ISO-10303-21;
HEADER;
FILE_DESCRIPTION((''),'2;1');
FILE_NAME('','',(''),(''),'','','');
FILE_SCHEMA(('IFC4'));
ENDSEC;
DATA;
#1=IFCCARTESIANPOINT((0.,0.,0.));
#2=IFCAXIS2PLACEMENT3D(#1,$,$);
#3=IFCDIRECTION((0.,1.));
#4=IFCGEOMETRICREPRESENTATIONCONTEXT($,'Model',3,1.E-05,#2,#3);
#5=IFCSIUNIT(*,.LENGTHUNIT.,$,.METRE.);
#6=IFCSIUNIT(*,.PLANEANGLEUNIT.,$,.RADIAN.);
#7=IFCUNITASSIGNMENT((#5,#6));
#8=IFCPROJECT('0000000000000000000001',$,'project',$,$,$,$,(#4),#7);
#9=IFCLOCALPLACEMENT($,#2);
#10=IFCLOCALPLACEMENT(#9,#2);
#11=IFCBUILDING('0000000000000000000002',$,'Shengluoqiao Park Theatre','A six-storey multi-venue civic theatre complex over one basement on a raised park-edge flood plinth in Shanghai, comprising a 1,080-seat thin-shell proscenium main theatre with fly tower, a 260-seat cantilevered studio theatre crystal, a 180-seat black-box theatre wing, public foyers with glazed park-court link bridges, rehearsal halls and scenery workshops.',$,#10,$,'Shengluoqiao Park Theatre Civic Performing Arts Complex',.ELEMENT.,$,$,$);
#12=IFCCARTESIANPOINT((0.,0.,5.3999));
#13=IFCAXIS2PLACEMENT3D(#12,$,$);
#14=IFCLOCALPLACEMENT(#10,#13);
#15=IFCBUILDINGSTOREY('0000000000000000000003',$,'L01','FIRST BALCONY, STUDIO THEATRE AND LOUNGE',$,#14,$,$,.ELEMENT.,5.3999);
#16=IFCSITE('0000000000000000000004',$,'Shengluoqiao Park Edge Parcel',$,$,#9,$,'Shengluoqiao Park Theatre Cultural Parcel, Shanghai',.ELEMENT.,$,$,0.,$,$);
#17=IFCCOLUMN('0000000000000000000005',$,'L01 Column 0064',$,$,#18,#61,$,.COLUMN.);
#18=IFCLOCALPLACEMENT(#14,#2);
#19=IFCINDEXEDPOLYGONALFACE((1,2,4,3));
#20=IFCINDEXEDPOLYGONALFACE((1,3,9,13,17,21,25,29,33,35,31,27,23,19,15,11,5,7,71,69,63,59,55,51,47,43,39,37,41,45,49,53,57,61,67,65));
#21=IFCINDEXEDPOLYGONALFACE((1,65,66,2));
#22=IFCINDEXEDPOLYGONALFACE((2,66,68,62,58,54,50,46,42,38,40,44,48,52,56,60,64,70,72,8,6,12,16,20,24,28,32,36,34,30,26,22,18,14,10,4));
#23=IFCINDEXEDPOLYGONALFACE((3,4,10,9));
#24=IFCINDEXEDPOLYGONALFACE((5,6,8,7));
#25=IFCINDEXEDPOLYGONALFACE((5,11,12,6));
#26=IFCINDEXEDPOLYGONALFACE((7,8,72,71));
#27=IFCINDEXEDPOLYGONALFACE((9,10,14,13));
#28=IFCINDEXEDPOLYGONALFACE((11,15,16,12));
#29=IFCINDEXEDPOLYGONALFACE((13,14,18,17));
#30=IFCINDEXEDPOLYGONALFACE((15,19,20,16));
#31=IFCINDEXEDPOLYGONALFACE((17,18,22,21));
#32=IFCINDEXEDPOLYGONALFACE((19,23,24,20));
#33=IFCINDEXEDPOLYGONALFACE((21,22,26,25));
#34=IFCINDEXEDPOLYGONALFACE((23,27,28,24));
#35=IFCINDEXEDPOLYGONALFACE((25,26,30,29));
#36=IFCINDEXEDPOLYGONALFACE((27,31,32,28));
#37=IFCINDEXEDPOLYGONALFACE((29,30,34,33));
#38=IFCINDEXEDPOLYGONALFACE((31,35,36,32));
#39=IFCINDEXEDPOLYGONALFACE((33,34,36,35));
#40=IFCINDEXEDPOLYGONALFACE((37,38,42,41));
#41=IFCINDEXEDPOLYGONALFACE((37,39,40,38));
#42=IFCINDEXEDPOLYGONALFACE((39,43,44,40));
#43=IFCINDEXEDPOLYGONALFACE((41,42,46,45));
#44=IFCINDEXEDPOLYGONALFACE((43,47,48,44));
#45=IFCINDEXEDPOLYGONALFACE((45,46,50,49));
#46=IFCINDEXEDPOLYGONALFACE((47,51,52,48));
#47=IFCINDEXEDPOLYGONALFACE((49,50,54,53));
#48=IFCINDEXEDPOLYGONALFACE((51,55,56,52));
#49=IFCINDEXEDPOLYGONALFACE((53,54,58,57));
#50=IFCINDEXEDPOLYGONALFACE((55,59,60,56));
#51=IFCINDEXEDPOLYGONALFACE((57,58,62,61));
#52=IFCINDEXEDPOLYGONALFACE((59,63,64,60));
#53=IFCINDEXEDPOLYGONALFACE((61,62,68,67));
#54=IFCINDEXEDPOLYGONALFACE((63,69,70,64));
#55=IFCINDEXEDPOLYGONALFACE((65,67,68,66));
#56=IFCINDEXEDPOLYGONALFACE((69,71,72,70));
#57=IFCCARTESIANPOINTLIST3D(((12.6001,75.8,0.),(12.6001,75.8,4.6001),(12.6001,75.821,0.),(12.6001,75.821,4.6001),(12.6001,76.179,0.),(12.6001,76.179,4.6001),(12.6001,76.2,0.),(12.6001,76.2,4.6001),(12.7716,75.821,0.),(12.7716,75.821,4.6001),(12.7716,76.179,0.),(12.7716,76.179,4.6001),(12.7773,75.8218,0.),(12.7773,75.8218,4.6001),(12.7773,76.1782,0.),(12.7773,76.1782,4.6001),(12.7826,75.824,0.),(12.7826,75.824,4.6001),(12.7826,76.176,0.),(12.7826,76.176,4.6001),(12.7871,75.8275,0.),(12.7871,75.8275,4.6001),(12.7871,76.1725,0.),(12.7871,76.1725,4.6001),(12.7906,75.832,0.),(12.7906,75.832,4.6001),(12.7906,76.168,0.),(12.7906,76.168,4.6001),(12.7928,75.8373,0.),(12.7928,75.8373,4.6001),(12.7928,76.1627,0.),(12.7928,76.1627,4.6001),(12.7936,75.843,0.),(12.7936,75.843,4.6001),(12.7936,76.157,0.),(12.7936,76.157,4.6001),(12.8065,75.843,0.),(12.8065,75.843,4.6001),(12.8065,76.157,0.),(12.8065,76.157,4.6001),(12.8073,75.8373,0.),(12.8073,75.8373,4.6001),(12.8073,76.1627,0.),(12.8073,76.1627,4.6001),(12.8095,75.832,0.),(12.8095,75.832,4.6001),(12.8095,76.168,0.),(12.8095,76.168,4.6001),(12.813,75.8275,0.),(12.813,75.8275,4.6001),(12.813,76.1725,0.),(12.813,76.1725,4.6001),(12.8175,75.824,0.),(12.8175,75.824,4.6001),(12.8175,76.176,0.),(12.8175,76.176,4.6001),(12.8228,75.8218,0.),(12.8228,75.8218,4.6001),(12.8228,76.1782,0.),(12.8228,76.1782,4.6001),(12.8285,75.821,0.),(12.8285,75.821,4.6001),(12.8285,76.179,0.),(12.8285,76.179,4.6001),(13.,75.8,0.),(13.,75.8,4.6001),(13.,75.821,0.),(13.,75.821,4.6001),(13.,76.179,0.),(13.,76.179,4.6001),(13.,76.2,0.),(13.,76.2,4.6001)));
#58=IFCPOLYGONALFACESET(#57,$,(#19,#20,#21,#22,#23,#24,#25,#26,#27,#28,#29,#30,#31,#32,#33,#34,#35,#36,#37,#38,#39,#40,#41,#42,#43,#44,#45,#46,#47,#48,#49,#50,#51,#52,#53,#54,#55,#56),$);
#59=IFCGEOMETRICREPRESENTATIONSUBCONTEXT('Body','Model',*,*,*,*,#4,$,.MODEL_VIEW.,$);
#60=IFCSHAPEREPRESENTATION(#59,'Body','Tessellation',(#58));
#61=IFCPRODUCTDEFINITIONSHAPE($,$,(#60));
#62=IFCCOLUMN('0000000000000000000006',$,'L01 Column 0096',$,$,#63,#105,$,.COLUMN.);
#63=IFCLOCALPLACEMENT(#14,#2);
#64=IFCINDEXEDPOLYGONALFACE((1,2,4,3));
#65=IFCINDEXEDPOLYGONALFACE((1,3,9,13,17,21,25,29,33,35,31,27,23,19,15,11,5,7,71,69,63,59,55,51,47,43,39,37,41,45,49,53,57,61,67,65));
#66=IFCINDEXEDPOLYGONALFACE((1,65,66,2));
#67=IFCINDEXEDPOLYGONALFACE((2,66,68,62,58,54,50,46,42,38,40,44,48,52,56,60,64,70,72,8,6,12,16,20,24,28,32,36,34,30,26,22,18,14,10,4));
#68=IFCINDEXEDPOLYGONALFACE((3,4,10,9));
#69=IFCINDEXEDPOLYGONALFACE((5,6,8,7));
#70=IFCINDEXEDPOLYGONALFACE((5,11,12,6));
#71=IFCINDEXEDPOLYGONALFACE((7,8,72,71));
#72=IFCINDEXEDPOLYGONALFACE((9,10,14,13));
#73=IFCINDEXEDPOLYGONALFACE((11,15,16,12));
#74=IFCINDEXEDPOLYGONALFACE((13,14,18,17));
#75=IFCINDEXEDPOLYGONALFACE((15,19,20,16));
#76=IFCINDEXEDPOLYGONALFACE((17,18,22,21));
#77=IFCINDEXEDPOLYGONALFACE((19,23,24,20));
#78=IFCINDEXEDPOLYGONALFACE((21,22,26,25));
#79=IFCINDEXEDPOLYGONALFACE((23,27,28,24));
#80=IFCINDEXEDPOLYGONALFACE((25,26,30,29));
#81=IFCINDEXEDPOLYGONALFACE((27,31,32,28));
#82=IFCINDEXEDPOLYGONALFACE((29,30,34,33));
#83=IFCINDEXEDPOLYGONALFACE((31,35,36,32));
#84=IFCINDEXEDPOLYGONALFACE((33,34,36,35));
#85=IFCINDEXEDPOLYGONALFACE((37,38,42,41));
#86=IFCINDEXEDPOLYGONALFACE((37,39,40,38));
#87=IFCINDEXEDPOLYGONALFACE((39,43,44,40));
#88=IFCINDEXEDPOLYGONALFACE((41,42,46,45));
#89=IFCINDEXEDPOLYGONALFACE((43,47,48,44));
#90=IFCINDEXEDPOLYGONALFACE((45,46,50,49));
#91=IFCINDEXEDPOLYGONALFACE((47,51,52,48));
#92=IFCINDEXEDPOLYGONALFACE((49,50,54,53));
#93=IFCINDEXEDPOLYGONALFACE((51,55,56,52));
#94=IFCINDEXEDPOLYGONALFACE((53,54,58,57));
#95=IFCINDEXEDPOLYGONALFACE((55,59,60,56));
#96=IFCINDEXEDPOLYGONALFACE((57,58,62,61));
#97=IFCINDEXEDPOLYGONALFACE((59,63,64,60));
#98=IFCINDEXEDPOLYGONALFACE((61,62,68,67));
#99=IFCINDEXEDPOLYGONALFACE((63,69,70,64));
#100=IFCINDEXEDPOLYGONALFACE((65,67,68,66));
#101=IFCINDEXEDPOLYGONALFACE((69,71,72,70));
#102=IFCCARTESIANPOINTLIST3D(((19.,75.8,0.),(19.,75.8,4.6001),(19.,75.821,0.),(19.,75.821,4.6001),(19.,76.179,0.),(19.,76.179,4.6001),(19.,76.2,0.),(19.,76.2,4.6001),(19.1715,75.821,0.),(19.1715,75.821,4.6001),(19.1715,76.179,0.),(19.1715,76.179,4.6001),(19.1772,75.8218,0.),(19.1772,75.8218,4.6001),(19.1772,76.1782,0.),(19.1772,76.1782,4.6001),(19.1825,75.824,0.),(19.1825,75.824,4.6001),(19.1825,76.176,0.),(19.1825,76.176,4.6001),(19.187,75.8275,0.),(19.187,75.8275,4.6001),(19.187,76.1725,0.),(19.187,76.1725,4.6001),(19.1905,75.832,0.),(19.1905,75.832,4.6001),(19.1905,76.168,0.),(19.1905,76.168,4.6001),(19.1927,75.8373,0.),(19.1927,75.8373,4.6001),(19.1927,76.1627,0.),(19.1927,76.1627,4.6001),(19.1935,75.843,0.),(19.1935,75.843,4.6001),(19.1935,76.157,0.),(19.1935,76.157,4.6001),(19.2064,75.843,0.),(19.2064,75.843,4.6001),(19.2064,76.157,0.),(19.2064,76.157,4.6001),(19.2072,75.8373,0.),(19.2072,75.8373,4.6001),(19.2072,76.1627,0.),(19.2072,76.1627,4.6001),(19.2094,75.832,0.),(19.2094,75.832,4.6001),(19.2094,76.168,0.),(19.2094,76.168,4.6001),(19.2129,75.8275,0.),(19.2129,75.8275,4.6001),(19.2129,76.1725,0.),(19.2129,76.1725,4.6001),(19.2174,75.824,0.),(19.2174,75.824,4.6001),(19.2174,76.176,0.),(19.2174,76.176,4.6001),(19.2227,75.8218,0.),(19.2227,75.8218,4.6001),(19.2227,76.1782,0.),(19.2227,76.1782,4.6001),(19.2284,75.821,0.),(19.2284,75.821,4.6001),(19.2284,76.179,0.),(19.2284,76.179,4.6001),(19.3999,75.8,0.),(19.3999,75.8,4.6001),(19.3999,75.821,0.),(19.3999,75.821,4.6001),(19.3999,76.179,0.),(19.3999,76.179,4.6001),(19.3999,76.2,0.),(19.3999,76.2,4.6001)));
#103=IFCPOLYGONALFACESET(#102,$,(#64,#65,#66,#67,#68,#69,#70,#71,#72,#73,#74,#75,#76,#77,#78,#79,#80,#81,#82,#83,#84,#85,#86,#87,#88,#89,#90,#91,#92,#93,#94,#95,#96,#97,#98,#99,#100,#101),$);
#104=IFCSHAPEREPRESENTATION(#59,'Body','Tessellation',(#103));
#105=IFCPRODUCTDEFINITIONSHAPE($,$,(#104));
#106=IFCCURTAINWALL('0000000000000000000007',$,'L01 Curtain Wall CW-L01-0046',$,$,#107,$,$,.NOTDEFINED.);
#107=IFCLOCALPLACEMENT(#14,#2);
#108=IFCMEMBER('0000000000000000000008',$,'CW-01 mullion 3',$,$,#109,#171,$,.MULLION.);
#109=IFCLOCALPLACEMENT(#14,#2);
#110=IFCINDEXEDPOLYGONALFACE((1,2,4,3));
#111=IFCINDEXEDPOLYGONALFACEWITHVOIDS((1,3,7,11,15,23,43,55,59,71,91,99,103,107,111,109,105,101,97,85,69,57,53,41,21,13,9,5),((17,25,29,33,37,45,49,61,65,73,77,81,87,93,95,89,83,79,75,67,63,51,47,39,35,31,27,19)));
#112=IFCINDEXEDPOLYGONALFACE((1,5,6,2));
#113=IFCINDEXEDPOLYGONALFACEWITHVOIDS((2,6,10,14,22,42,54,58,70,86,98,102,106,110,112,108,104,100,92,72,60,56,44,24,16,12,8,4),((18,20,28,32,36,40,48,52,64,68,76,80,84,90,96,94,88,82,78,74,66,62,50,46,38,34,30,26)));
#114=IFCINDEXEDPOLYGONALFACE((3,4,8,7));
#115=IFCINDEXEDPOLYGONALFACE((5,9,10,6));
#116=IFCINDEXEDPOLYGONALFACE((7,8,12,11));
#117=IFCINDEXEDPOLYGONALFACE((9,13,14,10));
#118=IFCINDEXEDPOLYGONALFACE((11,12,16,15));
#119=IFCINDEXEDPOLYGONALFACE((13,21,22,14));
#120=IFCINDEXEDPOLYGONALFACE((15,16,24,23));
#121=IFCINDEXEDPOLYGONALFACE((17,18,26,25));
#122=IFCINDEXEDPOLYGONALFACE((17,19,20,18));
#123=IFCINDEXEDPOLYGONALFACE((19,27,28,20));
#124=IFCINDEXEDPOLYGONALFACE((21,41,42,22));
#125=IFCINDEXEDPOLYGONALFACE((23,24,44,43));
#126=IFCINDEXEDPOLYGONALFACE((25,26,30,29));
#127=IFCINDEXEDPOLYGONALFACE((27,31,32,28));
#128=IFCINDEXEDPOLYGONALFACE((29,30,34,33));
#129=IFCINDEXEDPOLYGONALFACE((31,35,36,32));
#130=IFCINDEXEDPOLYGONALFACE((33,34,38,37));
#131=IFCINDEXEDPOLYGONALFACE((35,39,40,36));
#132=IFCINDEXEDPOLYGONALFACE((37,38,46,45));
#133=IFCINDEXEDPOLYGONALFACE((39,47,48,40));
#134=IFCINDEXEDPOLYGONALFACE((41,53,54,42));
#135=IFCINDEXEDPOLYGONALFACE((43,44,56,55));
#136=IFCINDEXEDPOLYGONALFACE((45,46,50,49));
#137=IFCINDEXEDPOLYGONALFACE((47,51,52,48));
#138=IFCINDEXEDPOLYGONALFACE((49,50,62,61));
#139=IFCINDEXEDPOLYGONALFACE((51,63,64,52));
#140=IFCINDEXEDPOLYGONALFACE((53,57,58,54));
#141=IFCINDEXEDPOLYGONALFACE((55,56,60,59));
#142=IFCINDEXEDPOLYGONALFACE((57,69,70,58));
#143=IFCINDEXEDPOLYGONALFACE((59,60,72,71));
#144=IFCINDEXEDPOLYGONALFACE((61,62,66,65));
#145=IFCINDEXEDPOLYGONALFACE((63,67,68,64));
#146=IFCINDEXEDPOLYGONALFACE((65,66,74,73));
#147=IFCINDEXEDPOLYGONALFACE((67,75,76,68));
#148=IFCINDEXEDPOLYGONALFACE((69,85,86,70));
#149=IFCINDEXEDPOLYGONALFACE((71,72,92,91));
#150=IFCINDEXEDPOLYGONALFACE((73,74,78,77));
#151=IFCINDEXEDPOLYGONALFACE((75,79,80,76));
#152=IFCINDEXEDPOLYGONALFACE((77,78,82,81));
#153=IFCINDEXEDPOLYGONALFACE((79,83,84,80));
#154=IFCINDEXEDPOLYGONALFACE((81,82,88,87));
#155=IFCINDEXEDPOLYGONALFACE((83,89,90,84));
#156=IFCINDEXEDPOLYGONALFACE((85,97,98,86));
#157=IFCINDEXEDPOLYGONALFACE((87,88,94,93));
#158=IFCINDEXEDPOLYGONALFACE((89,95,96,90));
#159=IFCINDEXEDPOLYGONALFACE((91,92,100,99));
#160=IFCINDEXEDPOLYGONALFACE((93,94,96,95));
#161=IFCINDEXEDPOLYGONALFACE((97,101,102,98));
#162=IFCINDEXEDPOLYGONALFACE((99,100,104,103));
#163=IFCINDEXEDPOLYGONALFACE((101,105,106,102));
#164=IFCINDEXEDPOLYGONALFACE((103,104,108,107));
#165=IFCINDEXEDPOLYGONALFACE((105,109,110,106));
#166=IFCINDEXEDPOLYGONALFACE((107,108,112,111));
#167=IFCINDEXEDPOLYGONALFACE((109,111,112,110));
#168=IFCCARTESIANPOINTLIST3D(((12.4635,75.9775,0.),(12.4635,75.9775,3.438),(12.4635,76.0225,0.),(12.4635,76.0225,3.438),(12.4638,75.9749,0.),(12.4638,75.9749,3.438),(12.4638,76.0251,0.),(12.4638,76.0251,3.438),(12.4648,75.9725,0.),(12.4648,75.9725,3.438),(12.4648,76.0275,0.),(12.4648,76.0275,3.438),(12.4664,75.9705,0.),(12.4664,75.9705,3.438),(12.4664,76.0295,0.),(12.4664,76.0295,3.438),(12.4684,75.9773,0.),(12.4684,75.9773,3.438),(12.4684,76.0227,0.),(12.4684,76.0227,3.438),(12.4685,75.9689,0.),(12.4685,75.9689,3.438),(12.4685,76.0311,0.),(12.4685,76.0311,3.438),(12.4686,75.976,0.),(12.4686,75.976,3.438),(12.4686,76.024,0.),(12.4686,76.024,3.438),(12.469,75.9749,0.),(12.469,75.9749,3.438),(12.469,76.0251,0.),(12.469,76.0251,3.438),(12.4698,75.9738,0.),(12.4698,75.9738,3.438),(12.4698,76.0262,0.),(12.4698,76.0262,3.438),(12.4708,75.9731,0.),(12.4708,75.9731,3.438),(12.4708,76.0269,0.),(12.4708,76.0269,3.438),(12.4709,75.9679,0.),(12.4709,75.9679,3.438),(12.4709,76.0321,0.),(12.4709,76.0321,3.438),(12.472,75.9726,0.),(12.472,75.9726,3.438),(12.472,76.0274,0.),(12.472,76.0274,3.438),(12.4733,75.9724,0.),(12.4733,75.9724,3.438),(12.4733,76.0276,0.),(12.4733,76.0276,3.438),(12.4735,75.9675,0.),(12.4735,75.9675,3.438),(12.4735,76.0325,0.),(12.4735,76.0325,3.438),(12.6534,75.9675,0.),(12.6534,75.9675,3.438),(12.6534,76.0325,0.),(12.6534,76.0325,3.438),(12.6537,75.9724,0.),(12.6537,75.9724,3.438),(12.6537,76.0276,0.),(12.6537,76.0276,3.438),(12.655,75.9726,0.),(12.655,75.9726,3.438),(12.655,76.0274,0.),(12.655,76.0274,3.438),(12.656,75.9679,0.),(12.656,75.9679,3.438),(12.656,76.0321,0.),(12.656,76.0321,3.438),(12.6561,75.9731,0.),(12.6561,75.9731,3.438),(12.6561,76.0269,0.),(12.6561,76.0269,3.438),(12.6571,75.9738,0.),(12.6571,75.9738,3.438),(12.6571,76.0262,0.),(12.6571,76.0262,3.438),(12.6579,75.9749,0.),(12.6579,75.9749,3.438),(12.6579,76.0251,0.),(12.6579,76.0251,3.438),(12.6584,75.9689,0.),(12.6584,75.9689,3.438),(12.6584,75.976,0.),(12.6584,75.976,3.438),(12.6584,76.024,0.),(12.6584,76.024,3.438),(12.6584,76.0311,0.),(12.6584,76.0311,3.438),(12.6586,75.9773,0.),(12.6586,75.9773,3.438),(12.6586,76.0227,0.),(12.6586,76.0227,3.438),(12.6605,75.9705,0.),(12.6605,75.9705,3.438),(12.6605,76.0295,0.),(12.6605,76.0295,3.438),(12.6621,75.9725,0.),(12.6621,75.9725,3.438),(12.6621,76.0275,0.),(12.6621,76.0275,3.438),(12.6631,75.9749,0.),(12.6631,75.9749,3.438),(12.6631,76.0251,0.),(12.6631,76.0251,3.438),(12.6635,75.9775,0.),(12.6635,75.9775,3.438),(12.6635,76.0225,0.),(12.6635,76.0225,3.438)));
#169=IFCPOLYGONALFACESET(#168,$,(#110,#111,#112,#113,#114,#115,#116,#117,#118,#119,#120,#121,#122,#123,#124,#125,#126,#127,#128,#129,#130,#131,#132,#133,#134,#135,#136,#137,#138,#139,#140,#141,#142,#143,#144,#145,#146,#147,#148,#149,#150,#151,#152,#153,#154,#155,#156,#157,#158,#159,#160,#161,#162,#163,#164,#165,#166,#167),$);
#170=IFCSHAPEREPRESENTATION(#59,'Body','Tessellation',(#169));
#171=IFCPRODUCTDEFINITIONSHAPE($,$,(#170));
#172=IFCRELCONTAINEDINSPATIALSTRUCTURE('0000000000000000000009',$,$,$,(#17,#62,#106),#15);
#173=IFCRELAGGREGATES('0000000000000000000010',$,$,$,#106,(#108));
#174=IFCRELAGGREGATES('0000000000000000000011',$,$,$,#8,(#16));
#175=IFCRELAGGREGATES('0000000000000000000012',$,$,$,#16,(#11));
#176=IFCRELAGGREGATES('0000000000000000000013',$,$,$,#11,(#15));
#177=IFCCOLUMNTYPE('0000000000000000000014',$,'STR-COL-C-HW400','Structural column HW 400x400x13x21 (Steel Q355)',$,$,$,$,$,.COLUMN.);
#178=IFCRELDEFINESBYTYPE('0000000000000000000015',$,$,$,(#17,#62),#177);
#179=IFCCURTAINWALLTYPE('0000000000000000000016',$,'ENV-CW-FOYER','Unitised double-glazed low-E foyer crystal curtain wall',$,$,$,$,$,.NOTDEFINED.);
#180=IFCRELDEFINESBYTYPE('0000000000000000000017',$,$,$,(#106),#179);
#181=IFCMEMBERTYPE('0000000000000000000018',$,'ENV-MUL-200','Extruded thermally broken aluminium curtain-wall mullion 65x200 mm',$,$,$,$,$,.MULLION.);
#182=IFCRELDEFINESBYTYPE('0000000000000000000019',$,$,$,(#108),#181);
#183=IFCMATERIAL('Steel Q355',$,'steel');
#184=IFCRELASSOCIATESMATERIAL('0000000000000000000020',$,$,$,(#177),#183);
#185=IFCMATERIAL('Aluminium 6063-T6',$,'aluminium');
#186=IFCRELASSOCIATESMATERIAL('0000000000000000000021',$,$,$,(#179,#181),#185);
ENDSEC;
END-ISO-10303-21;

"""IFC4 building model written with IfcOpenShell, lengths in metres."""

from ifc_helpers import new_model, si_unit, direction, frame, origin, origin_2d, place, context, subcontext, project, spatial, hollow_rectangle, i_section, extrude, material, material_profile, profile_set, type_object, element, aggregate, save


model = new_model("IFC4")

# Units and contexts
model_context = context("Model", 3, precision=1e-05, world=origin(), true_north=direction((0.0, 1.0)))
body_context = subcontext(model_context, "Body", "Model", "MODEL_VIEW")
ifc_project = project(units=[si_unit("LENGTHUNIT", "METRE"), si_unit("PLANEANGLEUNIT", "RADIAN")], contexts=[model_context])

# Site, building, storey
site_placement = place(None, origin())
site = spatial("IfcSite", under=ifc_project, at=site_placement, Name="Shengluoqiao Park Edge Parcel", LongName="Shengluoqiao Park Theatre Cultural Parcel, Shanghai", CompositionType="ELEMENT", RefElevation=0.0)
building_placement = place(site_placement, origin())
building = spatial("IfcBuilding", under=site, at=building_placement, Name="Shengluoqiao Park Theatre", Description="A six-storey multi-venue civic theatre complex over one basement on a raised park-edge flood plinth in Shanghai, comprising a 1,080-seat thin-shell proscenium main theatre with fly tower, a 260-seat cantilevered studio theatre crystal, a 180-seat black-box theatre wing, public foyers with glazed park-court link bridges, rehearsal halls and scenery workshops.", LongName="Shengluoqiao Park Theatre Civic Performing Arts Complex", CompositionType="ELEMENT")
storey_placement = place(building_placement, frame((0.0, 0.0, 5.3999)))
storey = spatial("IfcBuildingStorey", under=building, at=storey_placement, Name="L01", Description="FIRST BALCONY, STUDIO THEATRE AND LOUNGE", CompositionType="ELEMENT", Elevation=5.3999)

# Columns
ifc_material_1 = material(Name="Steel Q355", Category="steel")
ifc_material_profile_1 = material_profile(ifc_material_1, i_section(OverallWidth=0.3999, OverallDepth=0.3999, WebThickness=0.0129, FlangeThickness=0.021, FilletRadius=0.022, at=origin_2d()), Name="HW 400x400x13x21")
ifc_profile_set_1 = profile_set([ifc_material_profile_1], Name="Steel Q355")
column_type = type_object("IfcColumnType", Name="STR-COL-C-HW400", Description="Structural column HW 400x400x13x21 (Steel Q355)", PredefinedType="COLUMN", material=ifc_profile_set_1)
for number, where, z_axis, x_axis, name in (
    (1, (12.8, 76.0, 0.0), (0.0, 0.0, 1.0), (1.0, 0.0, 0.0), "L01 Column 0064"),
    (2, (19.2, 76.0, 0.0), (0.0, 0.0, 1.0), (1.0, 0.0, 0.0), "L01 Column 0096"),
):
    element("IfcColumn", number, at=place(storey_placement, frame(where, z_axis=z_axis, x_axis=x_axis)), inside=storey, type_object=column_type, Name=name, PredefinedType="COLUMN", context=body_context, shape_type="SweptSolid", body=[
        extrude(i_section(OverallWidth=0.3999, OverallDepth=0.3999, WebThickness=0.0129, FlangeThickness=0.021, FilletRadius=0.022, at=origin_2d()), origin(), (0.0, 0.0, 1.0), 4.6001),
    ])

# Curtain wall, member
ifc_material_2 = material(Name="Aluminium 6063-T6", Category="aluminium")
curtain_wall_type = type_object("IfcCurtainWallType", Name="ENV-CW-FOYER", Description="Unitised double-glazed low-E foyer crystal curtain wall", PredefinedType="NOTDEFINED", material=ifc_material_2)
curtain_wall_1_placement = place(storey_placement, origin())
curtain_wall_1 = element("IfcCurtainWall", 3, at=curtain_wall_1_placement, inside=storey, type_object=curtain_wall_type, Name="L01 Curtain Wall CW-L01-0046", PredefinedType="NOTDEFINED")
ifc_material_profile_2 = material_profile(ifc_material_2, hollow_rectangle(XDim=0.0649, YDim=0.2, WallThickness=0.0049, InnerFilletRadius=0.0049, OuterFilletRadius=0.01, at=origin_2d()), Name="ALU MULLION 200x65x5")
ifc_profile_set_2 = profile_set([ifc_material_profile_2], Name="Aluminium 6063-T6")
member_type_1 = type_object("IfcMemberType", Name="ENV-MUL-200", Description="Extruded thermally broken aluminium curtain-wall mullion 65x200 mm", PredefinedType="MULLION", material=ifc_profile_set_2)
member_1_placement = place(storey_placement, frame((12.5635, 76.0, 0.0), z_axis=(0.0, 0.0, 1.0), x_axis=(0.0, 1.0, 0.0)))
member_1 = element("IfcMember", 4, at=member_1_placement, type_object=member_type_1, Name="CW-01 mullion 3", PredefinedType="MULLION", context=body_context, shape_type="SweptSolid", body=[
    extrude(hollow_rectangle(XDim=0.0649, YDim=0.2, WallThickness=0.0049, InnerFilletRadius=0.0049, OuterFilletRadius=0.01, at=origin_2d()), origin(), (0.0, 0.0, 1.0), 3.438),
])
aggregate(curtain_wall_1, [member_1])

save(model, "model.ifc")
